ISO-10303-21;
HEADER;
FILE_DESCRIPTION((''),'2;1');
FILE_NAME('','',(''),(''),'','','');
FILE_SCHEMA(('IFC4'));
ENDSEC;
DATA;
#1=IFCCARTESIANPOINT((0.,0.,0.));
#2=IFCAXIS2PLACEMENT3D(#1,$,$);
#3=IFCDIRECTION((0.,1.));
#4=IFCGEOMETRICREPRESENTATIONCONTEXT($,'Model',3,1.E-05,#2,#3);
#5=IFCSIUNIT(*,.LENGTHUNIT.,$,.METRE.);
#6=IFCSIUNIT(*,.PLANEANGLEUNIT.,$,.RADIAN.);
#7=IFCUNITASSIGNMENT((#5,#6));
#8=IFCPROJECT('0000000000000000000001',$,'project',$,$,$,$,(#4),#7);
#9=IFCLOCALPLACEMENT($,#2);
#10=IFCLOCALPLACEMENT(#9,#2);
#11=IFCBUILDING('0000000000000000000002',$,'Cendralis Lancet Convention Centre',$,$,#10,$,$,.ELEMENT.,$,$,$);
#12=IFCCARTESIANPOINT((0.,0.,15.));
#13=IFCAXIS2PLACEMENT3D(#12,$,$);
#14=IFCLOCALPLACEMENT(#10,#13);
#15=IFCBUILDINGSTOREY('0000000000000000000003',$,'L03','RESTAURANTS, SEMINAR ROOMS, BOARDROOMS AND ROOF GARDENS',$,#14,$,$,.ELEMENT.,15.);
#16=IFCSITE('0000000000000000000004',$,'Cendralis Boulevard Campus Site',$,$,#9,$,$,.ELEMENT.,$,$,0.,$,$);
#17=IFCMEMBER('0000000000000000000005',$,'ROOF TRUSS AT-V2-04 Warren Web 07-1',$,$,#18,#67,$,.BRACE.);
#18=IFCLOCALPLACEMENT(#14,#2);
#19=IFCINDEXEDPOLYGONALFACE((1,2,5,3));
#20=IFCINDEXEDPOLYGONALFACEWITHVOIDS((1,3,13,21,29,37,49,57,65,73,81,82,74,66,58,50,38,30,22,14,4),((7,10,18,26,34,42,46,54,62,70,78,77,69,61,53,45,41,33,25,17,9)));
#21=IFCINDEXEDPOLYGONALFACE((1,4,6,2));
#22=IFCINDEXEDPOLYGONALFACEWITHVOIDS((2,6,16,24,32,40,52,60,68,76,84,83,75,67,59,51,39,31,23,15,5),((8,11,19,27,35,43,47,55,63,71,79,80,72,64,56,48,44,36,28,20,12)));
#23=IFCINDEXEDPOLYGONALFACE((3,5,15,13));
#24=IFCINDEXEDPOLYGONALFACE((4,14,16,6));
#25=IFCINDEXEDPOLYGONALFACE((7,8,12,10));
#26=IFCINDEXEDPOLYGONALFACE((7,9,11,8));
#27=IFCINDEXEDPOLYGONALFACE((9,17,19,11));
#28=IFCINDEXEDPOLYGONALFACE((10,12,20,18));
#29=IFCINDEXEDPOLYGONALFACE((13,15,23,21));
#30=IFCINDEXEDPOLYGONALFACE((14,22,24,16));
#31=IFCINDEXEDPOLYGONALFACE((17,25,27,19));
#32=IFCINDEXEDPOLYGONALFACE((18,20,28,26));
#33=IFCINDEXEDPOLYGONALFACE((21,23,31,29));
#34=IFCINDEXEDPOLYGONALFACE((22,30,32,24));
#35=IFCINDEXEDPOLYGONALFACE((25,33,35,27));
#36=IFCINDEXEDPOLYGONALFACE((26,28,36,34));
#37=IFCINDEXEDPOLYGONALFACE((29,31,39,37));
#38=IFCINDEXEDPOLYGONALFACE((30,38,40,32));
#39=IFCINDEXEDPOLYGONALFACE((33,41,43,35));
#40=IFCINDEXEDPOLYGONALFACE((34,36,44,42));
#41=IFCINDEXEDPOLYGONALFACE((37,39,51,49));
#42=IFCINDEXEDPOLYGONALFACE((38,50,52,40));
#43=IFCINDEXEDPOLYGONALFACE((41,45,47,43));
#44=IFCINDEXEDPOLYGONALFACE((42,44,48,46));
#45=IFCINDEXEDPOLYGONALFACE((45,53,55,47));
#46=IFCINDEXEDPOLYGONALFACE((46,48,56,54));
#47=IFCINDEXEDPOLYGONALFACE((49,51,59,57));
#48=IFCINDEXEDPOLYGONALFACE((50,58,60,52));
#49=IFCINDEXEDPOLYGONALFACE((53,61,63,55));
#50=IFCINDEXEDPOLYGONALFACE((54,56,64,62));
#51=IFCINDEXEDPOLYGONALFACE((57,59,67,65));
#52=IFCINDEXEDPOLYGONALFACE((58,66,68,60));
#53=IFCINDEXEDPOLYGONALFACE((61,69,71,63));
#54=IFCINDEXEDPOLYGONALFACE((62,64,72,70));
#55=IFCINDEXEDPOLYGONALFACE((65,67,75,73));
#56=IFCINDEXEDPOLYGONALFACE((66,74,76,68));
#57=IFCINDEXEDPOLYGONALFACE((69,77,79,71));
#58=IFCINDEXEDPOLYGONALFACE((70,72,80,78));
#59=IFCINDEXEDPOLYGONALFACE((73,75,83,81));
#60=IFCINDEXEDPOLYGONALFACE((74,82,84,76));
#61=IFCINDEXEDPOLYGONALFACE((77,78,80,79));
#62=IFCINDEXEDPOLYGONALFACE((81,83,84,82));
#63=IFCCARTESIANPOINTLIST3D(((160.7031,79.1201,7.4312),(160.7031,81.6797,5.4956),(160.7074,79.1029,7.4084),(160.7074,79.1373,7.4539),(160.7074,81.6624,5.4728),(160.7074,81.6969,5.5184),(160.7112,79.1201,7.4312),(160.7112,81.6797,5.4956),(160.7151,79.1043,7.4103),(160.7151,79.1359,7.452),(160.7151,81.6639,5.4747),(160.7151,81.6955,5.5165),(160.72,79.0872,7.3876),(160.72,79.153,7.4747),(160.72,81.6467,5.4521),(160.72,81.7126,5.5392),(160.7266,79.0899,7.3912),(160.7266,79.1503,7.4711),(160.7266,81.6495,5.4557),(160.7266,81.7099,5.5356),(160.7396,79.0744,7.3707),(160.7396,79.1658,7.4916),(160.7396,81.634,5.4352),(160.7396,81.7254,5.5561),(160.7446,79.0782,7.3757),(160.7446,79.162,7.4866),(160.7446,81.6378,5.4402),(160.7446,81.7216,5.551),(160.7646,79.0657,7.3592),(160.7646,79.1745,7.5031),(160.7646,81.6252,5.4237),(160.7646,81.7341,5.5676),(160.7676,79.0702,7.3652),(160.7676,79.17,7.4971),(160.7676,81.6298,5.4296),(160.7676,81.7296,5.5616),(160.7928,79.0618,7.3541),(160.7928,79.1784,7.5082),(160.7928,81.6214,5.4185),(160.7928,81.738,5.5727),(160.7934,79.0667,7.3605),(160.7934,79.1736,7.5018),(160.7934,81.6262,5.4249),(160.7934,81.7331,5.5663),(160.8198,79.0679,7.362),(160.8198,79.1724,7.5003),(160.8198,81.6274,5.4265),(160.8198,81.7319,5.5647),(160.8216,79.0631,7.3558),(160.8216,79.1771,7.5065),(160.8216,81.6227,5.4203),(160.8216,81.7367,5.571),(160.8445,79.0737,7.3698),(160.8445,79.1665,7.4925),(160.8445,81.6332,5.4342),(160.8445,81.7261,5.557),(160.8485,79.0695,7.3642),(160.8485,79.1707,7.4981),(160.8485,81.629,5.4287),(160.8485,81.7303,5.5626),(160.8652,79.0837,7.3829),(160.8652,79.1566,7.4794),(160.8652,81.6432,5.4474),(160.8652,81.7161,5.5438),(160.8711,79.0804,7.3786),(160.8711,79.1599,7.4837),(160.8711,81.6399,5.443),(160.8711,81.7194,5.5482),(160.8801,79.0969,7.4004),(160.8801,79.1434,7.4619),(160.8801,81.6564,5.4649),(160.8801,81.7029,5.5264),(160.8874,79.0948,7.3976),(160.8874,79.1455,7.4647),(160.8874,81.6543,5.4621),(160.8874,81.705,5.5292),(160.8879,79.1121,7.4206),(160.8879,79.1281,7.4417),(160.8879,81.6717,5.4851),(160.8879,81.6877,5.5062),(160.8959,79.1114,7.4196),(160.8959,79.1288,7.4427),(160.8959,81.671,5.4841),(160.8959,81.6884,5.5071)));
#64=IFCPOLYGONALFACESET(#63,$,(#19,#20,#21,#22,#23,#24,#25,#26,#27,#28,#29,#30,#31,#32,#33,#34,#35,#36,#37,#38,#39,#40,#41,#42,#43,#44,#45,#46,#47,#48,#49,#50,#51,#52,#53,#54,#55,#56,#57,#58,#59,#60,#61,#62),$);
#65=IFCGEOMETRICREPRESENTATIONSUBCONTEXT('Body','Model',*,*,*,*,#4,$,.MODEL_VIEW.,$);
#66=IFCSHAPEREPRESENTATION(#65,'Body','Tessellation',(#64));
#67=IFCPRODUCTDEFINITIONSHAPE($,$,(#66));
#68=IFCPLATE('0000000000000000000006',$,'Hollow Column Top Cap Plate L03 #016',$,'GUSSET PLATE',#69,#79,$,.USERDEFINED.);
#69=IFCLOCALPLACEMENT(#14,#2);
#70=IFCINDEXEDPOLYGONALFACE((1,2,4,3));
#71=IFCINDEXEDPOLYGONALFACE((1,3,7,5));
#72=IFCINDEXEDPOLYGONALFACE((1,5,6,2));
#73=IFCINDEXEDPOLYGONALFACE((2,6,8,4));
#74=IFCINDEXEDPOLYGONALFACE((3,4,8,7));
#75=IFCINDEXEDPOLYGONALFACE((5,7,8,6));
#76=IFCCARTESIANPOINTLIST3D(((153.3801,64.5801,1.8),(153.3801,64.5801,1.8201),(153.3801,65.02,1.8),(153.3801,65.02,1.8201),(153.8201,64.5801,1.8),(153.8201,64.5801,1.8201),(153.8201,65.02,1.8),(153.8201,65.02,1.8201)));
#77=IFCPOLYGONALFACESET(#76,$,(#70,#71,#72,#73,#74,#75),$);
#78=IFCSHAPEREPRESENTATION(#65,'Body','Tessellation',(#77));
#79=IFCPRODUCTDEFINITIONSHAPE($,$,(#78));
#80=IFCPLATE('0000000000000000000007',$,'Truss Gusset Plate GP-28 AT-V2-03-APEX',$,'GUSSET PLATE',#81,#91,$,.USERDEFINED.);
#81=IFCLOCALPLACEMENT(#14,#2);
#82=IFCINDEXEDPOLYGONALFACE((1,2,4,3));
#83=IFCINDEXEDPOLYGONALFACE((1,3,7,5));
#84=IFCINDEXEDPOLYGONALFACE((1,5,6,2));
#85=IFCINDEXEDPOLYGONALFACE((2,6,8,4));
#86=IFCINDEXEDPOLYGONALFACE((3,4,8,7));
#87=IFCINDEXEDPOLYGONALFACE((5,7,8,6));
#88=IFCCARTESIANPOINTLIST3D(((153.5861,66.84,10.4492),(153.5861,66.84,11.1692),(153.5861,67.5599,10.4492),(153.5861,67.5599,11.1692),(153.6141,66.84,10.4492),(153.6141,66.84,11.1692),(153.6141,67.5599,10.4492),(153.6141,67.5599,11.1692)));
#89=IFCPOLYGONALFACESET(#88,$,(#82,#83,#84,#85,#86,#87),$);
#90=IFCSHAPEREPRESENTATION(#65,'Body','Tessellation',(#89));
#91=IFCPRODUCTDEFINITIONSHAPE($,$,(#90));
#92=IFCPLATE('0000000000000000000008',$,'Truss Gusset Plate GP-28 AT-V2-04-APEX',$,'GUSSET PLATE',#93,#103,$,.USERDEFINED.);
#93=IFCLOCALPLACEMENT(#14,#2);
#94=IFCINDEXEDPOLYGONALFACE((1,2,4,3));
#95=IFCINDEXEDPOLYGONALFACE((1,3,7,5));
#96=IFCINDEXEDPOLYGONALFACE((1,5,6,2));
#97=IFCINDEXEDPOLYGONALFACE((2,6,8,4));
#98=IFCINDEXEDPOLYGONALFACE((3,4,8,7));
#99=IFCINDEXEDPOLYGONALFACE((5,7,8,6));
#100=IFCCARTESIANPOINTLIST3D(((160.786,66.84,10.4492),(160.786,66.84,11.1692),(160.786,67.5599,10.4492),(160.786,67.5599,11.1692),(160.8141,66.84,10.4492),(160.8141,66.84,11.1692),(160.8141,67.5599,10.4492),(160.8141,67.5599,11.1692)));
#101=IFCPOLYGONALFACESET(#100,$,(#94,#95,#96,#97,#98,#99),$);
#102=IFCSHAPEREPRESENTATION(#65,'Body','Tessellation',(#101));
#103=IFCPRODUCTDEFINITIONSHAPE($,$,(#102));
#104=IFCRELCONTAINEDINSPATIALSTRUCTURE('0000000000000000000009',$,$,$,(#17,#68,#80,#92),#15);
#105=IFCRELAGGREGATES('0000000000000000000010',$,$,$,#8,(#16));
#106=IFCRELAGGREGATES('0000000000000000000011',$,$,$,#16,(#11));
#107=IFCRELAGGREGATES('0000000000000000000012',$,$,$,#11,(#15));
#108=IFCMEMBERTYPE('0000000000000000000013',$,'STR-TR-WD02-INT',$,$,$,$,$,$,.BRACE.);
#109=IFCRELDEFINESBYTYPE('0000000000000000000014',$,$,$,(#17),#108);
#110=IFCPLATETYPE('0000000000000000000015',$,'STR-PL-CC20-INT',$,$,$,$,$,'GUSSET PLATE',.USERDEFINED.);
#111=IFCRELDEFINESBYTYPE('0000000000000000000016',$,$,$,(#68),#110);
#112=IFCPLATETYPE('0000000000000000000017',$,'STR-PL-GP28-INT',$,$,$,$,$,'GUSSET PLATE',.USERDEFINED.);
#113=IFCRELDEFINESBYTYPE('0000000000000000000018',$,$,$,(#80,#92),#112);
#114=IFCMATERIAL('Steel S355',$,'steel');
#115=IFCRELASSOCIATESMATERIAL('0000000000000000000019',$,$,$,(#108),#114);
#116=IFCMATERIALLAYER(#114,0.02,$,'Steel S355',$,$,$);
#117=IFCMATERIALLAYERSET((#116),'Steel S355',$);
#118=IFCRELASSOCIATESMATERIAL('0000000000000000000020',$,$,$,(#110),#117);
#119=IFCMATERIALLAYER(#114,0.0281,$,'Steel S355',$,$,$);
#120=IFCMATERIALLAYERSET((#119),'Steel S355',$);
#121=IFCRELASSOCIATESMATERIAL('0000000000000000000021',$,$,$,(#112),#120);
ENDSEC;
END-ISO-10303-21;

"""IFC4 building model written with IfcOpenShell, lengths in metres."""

from ifc_helpers import new_model, si_unit, direction, frame, origin, origin_2d, place, context, subcontext, project, spatial, rectangle, hollow_circle, extrude, material, layer, layer_set, material_profile, profile_set, type_object, element, save


model = new_model("IFC4")

# Units and contexts
model_context = context("Model", 3, precision=1e-05, world=origin(), true_north=direction((0.0, 1.0)))
body_context = subcontext(model_context, "Body", "Model", "MODEL_VIEW")
ifc_project = project(units=[si_unit("LENGTHUNIT", "METRE"), si_unit("PLANEANGLEUNIT", "RADIAN")], contexts=[model_context])

# Site, building, storey
site_placement = place(None, origin())
site = spatial("IfcSite", under=ifc_project, at=site_placement, Name="Cendralis Boulevard Campus Site", CompositionType="ELEMENT", RefElevation=0.0)
building_placement = place(site_placement, origin())
building = spatial("IfcBuilding", under=site, at=building_placement, Name="Cendralis Lancet Convention Centre", CompositionType="ELEMENT")
storey_placement = place(building_placement, frame((0.0, 0.0, 15.0)))
storey = spatial("IfcBuildingStorey", under=building, at=storey_placement, Name="L03", Description="RESTAURANTS, SEMINAR ROOMS, BOARDROOMS AND ROOF GARDENS", CompositionType="ELEMENT", Elevation=15.0)

# Shared definitions
ifc_material = material(Name="Steel S355", Category="steel")

# Member
ifc_material_profile_1 = material_profile(ifc_material, hollow_circle(Radius=0.0969, WallThickness=0.0081, at=origin_2d()), Name="CHS 193.7x8.0")
ifc_profile_set_1 = profile_set([ifc_material_profile_1], Name="Steel S355")
member_type_1 = type_object("IfcMemberType", Name="STR-TR-WD02-INT", PredefinedType="BRACE", material=ifc_profile_set_1)
member_1_placement = place(storey_placement, frame((160.8, 79.1201, 7.4312), z_axis=(0.0, 0.79762, -0.60316), x_axis=(-1.0, 0.0, 0.0)))
element("IfcMember", 1, at=member_1_placement, inside=storey, type_object=member_type_1, Name="ROOF TRUSS AT-V2-04 Warren Web 07-1", PredefinedType="BRACE", context=body_context, shape_type="SweptSolid", body=[
    extrude(hollow_circle(Radius=0.0969, WallThickness=0.0081, at=origin_2d()), origin(), (0.0, 0.0, 1.0), 3.209),
])

# Plates
ifc_layer_1 = layer(ifc_material, 0.02, Name="Steel S355")
ifc_layer_set_1 = layer_set([ifc_layer_1], Name="Steel S355")
plate_type_1 = type_object("IfcPlateType", Name="STR-PL-CC20-INT", ElementType="GUSSET PLATE", PredefinedType="USERDEFINED", material=ifc_layer_set_1)
plate_placement = place(storey_placement, frame((153.6001, 64.8, 1.8), z_axis=(0.0, 0.0, 1.0), x_axis=(1.0, 0.0, 0.0)))
element("IfcPlate", 2, at=plate_placement, inside=storey, type_object=plate_type_1, Name="Hollow Column Top Cap Plate L03 #016", ObjectType="GUSSET PLATE", PredefinedType="USERDEFINED", context=body_context, shape_type="SweptSolid", body=[
    extrude(rectangle(XDim=0.4399, YDim=0.4399, at=origin_2d()), origin(), (0.0, 0.0, 1.0), 0.02),
])
ifc_layer_2 = layer(ifc_material, 0.0281, Name="Steel S355")
ifc_layer_set_2 = layer_set([ifc_layer_2], Name="Steel S355")
plate_type_2 = type_object("IfcPlateType", Name="STR-PL-GP28-INT", ElementType="GUSSET PLATE", PredefinedType="USERDEFINED", material=ifc_layer_set_2)
for number, where, z_axis, x_axis, name in (
    (3, (153.6001, 67.2, 10.4492), (0.0, 0.0, 1.0), (0.0, 1.0, 0.0), "Truss Gusset Plate GP-28 AT-V2-03-APEX"),
    (4, (160.8, 67.2, 10.4492), (0.0, 0.0, 1.0), (0.0, 1.0, 0.0), "Truss Gusset Plate GP-28 AT-V2-04-APEX"),
):
    element("IfcPlate", number, at=place(storey_placement, frame(where, z_axis=z_axis, x_axis=x_axis)), inside=storey, type_object=plate_type_2, Name=name, ObjectType="GUSSET PLATE", PredefinedType="USERDEFINED", context=body_context, shape_type="SweptSolid", body=[
        extrude(rectangle(XDim=0.72, YDim=0.0281, at=origin_2d()), origin(), (0.0, 0.0, 1.0), 0.72),
    ])

save(model, "model.ifc")
